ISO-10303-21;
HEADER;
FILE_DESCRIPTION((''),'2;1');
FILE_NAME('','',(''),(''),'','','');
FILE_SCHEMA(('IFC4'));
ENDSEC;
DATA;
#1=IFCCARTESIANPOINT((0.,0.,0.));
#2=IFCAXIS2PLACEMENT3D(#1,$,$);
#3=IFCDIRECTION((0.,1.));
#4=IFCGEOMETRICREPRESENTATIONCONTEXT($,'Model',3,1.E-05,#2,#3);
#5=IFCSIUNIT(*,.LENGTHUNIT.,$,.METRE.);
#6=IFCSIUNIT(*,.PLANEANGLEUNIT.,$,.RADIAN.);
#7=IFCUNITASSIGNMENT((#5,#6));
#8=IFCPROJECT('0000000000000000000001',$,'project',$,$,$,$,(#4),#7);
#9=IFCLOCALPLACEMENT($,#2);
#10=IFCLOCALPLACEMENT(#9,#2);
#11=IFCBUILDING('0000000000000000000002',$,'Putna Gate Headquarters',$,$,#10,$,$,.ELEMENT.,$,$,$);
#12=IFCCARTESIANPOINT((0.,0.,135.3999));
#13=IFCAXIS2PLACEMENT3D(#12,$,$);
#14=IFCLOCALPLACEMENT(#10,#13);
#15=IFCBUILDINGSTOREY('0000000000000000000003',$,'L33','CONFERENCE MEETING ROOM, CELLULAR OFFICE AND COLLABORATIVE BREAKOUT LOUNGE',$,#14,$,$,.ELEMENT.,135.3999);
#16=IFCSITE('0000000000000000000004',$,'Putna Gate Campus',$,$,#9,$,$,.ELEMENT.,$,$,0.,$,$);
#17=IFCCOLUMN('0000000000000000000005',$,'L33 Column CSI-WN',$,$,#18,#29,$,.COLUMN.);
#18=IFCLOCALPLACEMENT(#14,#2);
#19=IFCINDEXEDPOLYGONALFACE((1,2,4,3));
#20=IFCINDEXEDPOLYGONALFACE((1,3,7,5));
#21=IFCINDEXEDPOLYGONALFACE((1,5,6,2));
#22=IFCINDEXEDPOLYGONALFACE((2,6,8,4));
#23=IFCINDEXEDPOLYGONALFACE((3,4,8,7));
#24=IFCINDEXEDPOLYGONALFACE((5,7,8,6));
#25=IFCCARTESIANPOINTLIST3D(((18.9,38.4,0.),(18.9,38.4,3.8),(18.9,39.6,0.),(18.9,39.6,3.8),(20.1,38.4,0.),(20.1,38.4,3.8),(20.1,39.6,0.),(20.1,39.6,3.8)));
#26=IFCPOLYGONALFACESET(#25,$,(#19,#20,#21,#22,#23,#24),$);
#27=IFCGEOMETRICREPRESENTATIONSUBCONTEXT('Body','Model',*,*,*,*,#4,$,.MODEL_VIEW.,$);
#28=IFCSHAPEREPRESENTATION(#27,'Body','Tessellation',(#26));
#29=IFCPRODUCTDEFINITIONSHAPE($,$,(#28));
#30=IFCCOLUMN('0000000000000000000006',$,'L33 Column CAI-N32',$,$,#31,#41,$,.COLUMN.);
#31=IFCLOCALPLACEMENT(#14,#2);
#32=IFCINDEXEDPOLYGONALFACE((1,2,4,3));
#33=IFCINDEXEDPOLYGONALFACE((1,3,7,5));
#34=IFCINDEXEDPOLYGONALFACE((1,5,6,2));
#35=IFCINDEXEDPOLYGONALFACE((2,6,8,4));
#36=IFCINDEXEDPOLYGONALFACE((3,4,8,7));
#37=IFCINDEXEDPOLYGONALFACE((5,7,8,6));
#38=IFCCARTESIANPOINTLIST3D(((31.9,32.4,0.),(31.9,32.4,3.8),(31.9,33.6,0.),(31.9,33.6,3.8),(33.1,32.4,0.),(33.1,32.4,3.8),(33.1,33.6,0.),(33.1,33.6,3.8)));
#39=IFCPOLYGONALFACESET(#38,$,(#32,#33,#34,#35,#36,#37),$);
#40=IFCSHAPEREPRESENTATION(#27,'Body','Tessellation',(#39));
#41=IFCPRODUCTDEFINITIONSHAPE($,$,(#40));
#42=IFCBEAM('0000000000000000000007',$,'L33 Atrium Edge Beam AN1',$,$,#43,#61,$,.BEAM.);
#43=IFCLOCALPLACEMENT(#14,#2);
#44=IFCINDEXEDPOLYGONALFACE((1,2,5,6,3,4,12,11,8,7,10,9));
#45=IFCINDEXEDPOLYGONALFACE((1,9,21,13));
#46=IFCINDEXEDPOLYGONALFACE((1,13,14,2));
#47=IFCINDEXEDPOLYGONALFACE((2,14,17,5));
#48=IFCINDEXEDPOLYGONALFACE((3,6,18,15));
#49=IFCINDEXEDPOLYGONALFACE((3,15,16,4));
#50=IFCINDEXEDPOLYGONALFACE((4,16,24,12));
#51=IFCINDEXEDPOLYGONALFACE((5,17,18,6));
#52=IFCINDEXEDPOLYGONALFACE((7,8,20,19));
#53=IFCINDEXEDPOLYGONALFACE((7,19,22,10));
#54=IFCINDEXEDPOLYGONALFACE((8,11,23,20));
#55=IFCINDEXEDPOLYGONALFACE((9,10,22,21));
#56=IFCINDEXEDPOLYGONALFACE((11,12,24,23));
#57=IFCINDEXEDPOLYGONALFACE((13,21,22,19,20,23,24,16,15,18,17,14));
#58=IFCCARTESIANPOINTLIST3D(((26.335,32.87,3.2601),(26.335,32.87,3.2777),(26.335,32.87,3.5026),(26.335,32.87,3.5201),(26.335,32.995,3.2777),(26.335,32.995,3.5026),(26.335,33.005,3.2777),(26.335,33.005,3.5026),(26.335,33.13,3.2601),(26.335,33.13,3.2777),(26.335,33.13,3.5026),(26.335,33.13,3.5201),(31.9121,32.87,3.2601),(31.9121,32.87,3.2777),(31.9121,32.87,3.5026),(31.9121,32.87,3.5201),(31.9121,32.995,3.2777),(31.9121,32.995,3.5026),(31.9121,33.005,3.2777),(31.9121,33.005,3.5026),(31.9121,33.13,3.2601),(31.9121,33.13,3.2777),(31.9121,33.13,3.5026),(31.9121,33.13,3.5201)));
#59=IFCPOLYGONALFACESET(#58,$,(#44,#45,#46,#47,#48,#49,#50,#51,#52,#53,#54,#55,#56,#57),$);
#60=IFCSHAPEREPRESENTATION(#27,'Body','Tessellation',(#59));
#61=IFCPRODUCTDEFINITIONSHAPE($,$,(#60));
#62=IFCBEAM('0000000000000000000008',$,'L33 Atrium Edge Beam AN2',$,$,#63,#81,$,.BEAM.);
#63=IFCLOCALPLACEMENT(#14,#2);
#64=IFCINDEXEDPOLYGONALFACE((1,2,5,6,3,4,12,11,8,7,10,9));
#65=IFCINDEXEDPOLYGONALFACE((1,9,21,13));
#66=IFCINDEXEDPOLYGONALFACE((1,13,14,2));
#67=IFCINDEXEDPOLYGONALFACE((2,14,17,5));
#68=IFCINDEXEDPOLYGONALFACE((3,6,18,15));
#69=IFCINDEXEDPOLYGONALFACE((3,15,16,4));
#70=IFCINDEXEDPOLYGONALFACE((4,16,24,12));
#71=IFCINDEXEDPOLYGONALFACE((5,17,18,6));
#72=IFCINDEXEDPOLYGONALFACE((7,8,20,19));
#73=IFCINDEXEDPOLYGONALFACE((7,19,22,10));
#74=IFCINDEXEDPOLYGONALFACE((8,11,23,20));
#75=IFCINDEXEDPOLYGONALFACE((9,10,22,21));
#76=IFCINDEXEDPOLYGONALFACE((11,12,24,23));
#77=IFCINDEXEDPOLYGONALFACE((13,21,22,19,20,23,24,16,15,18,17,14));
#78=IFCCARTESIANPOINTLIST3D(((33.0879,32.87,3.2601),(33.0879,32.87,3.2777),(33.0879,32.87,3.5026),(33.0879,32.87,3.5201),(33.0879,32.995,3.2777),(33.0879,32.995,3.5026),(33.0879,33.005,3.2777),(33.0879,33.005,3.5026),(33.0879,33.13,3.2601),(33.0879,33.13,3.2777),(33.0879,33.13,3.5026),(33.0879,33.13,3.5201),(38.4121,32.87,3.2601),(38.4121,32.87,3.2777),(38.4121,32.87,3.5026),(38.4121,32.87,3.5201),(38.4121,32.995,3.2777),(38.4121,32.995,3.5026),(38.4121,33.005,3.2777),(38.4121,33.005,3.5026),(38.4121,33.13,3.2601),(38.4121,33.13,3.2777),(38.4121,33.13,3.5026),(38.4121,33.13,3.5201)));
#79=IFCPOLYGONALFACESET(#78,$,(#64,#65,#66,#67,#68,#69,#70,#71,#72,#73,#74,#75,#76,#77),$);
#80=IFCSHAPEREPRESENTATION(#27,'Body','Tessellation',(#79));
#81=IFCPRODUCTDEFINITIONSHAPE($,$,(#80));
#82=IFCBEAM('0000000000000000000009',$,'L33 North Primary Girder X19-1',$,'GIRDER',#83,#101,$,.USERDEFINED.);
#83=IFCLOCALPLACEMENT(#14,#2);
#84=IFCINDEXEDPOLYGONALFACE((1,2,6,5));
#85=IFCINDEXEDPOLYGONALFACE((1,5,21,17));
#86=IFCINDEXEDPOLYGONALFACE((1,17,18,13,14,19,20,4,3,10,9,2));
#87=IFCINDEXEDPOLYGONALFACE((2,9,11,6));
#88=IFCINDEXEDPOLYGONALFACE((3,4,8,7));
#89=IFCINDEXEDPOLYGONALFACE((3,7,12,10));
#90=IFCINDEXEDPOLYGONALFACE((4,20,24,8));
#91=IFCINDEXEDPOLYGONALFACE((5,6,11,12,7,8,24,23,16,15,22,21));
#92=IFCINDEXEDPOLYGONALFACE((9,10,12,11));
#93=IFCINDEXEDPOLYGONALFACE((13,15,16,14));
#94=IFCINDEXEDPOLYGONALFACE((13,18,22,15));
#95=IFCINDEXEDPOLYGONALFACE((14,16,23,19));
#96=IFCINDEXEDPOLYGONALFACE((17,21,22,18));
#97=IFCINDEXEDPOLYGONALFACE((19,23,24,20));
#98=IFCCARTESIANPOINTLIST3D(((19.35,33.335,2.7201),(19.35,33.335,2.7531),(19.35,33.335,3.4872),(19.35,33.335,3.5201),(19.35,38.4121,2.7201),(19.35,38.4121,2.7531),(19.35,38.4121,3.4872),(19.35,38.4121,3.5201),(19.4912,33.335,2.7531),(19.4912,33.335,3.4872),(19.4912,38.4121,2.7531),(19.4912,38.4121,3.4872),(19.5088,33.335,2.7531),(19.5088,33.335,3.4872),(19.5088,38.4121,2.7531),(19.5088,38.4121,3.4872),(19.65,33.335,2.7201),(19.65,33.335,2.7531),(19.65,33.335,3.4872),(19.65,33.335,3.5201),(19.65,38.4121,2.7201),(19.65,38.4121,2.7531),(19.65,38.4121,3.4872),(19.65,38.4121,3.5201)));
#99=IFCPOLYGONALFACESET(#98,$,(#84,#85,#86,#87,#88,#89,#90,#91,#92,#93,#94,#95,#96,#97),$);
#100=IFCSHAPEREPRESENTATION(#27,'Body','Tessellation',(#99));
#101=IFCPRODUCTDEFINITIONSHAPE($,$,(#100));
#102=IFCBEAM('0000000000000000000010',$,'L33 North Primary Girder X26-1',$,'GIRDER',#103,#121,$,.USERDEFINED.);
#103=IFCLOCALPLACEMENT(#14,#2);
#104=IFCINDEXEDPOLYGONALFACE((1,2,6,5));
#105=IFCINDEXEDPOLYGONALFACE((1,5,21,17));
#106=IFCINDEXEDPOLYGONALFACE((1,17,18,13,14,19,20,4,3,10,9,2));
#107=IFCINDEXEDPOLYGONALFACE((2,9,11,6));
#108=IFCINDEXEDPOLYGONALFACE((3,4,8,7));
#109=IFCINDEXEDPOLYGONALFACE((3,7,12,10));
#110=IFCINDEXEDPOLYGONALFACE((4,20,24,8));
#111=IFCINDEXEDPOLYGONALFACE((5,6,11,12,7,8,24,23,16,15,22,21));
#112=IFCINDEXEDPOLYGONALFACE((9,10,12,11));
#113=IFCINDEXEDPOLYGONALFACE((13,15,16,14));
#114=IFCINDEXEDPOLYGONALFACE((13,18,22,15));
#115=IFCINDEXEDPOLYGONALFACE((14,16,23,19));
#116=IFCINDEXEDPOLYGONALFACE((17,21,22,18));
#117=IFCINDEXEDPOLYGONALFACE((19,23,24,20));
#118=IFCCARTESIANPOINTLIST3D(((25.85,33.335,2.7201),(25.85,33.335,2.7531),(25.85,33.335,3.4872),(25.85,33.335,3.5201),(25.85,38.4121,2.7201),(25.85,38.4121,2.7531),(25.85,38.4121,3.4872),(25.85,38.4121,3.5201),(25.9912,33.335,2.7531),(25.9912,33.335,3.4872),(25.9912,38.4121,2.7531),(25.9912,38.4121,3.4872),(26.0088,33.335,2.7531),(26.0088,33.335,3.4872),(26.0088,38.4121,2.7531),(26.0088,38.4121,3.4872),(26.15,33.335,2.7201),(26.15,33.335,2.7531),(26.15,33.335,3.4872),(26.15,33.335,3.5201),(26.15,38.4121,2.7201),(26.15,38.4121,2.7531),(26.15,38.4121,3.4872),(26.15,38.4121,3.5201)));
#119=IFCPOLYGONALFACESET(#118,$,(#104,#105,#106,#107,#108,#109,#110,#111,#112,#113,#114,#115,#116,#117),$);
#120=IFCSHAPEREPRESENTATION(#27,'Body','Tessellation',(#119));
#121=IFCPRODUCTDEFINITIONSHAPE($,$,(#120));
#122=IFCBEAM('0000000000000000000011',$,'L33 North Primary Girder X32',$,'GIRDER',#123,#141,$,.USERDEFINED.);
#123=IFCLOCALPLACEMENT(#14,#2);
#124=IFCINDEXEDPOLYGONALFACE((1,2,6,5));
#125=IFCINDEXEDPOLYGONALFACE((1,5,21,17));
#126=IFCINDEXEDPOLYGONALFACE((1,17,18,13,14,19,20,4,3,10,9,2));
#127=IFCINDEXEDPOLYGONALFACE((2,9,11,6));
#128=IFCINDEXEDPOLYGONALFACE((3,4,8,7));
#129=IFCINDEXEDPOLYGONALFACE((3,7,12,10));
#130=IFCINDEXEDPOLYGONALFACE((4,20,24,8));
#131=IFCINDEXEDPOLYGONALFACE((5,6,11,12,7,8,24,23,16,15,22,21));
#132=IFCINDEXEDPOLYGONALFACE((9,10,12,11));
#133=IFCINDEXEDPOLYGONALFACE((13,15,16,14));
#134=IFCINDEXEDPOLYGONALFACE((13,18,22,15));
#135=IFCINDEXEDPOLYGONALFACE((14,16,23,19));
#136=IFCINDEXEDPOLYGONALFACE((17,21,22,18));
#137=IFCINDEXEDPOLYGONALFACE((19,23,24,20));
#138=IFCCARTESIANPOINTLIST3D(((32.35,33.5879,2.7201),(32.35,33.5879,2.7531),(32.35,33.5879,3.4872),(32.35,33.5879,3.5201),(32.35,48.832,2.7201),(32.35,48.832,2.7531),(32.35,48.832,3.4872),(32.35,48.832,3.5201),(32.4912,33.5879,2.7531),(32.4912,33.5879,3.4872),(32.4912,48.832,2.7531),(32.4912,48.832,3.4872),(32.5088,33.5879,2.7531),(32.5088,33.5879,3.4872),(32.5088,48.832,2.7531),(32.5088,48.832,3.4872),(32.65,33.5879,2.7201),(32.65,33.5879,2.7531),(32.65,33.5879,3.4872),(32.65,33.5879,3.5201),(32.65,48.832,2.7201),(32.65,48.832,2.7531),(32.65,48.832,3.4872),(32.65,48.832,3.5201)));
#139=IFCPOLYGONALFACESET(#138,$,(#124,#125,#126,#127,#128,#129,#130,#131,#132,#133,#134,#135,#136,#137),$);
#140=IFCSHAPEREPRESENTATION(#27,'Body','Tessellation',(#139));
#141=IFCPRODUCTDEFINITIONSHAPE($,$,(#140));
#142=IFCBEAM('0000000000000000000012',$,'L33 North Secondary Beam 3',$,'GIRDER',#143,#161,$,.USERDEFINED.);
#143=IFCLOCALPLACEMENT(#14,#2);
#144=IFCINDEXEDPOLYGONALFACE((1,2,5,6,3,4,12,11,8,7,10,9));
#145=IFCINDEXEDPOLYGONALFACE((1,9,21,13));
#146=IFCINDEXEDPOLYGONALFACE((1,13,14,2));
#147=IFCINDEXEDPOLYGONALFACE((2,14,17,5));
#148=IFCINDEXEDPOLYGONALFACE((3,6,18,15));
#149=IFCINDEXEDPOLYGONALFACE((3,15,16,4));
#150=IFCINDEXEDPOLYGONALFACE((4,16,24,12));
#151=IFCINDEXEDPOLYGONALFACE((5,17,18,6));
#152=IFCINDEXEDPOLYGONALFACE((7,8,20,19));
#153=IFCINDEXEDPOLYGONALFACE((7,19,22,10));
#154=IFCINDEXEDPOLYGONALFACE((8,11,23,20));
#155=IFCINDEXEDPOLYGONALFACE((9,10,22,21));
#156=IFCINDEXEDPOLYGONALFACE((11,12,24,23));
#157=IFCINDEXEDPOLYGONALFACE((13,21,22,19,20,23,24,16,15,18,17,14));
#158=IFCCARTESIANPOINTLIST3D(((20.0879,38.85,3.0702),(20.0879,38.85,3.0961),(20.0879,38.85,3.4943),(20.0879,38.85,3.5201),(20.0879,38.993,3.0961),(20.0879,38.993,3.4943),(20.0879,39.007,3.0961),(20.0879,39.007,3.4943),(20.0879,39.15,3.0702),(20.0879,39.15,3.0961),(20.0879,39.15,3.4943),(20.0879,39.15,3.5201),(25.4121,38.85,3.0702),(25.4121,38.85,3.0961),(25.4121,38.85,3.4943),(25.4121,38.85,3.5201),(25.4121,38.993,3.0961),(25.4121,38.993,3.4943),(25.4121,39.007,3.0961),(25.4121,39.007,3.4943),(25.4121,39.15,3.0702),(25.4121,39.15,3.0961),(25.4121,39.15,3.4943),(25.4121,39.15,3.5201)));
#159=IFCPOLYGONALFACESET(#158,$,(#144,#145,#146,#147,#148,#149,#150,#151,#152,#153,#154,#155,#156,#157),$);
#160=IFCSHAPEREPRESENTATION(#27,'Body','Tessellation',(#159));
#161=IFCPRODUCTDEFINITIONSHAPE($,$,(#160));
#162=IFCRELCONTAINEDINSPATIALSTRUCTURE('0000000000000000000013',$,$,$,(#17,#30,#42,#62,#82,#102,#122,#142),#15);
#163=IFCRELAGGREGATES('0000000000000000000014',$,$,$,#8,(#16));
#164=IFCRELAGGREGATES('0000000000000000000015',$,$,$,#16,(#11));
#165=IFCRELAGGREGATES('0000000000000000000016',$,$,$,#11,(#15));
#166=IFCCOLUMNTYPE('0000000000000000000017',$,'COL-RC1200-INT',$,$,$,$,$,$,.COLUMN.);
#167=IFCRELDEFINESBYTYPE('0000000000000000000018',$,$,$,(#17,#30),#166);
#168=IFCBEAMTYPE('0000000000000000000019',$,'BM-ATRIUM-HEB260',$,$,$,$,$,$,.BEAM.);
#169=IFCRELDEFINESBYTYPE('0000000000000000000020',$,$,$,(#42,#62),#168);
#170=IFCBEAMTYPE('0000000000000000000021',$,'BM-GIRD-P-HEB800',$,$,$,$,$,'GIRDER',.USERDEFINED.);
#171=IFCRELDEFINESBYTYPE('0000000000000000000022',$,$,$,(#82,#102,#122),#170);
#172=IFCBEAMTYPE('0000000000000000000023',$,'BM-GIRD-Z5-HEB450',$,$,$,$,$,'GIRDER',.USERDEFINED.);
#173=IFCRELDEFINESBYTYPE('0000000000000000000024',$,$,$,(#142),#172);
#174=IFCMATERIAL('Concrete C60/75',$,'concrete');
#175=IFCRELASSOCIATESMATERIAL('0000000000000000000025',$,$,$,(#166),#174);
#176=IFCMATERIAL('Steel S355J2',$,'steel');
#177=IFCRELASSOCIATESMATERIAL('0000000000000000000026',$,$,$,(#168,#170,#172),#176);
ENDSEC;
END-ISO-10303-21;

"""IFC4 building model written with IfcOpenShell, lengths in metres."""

from ifc_helpers import new_model, si_unit, direction, frame, origin, origin_2d, place, context, subcontext, project, spatial, rectangle, i_section, extrude, material, material_profile, profile_set, type_object, element, save


model = new_model("IFC4")

# Units and contexts
model_context = context("Model", 3, precision=1e-05, world=origin(), true_north=direction((0.0, 1.0)))
body_context = subcontext(model_context, "Body", "Model", "MODEL_VIEW")
ifc_project = project(units=[si_unit("LENGTHUNIT", "METRE"), si_unit("PLANEANGLEUNIT", "RADIAN")], contexts=[model_context])

# Site, building, storey
site_placement = place(None, origin())
site = spatial("IfcSite", under=ifc_project, at=site_placement, Name="Putna Gate Campus", CompositionType="ELEMENT", RefElevation=0.0)
building_placement = place(site_placement, origin())
building = spatial("IfcBuilding", under=site, at=building_placement, Name="Putna Gate Headquarters", CompositionType="ELEMENT")
storey_placement = place(building_placement, frame((0.0, 0.0, 135.3999)))
storey = spatial("IfcBuildingStorey", under=building, at=storey_placement, Name="L33", Description="CONFERENCE MEETING ROOM, CELLULAR OFFICE AND COLLABORATIVE BREAKOUT LOUNGE", CompositionType="ELEMENT", Elevation=135.3999)

# Columns
ifc_material_1 = material(Name="Concrete C60/75", Category="concrete")
ifc_material_profile_1 = material_profile(ifc_material_1, rectangle(XDim=1.2, YDim=1.2, at=origin_2d()), Name="Concrete C60/75")
ifc_profile_set_1 = profile_set([ifc_material_profile_1], Name="Concrete C60/75")
column_type = type_object("IfcColumnType", Name="COL-RC1200-INT", PredefinedType="COLUMN", material=ifc_profile_set_1)
for number, where, z_axis, x_axis, name in (
    (1, (19.5, 39.0, 0.0), (0.0, 0.0, 1.0), (1.0, 0.0, 0.0), "L33 Column CSI-WN"),
    (2, (32.5, 33.0, 0.0), (0.0, 0.0, 1.0), (1.0, 0.0, 0.0), "L33 Column CAI-N32"),
):
    element("IfcColumn", number, at=place(storey_placement, frame(where, z_axis=z_axis, x_axis=x_axis)), inside=storey, type_object=column_type, Name=name, PredefinedType="COLUMN", context=body_context, shape_type="SweptSolid", body=[
        extrude(rectangle(XDim=1.2, YDim=1.2, at=origin_2d()), origin(), (0.0, 0.0, 1.0), 3.8),
    ])

# Beams
ifc_material_2 = material(Name="Steel S355J2", Category="steel")
ifc_material_profile_2 = material_profile(ifc_material_2, i_section(OverallWidth=0.26, OverallDepth=0.26, WebThickness=0.01, FlangeThickness=0.0176, at=origin_2d()), Name="Steel S355J2")
ifc_profile_set_2 = profile_set([ifc_material_profile_2], Name="Steel S355J2")
beam_type_1 = type_object("IfcBeamType", Name="BM-ATRIUM-HEB260", PredefinedType="BEAM", material=ifc_profile_set_2)
beam_1_placement = place(storey_placement, frame((26.335, 33.0, 3.3901), z_axis=(1.0, 0.0, 0.0), x_axis=(0.0, 1.0, 0.0)))
element("IfcBeam", 3, at=beam_1_placement, inside=storey, type_object=beam_type_1, Name="L33 Atrium Edge Beam AN1", PredefinedType="BEAM", context=body_context, shape_type="SweptSolid", body=[
    extrude(i_section(OverallWidth=0.26, OverallDepth=0.26, WebThickness=0.01, FlangeThickness=0.0176, at=origin_2d()), origin(), (0.0, 0.0, 1.0), 5.5771),
])
beam_2_placement = place(storey_placement, frame((33.0879, 33.0, 3.3901), z_axis=(1.0, 0.0, 0.0), x_axis=(0.0, 1.0, 0.0)))
element("IfcBeam", 4, at=beam_2_placement, inside=storey, type_object=beam_type_1, Name="L33 Atrium Edge Beam AN2", PredefinedType="BEAM", context=body_context, shape_type="SweptSolid", body=[
    extrude(i_section(OverallWidth=0.26, OverallDepth=0.26, WebThickness=0.01, FlangeThickness=0.0176, at=origin_2d()), origin(), (0.0, 0.0, 1.0), 5.3242),
])
ifc_material_profile_3 = material_profile(ifc_material_2, i_section(OverallWidth=0.3, OverallDepth=0.8, WebThickness=0.0176, FlangeThickness=0.033, at=origin_2d()), Name="Steel S355J2")
ifc_profile_set_3 = profile_set([ifc_material_profile_3], Name="Steel S355J2")
beam_type_2 = type_object("IfcBeamType", Name="BM-GIRD-P-HEB800", ElementType="GIRDER", PredefinedType="USERDEFINED", material=ifc_profile_set_3)
for number, where, z_axis, x_axis, name in (
    (5, (19.5, 33.335, 3.1201), (0.0, 1.0, 0.0), (-1.0, 0.0, 0.0), "L33 North Primary Girder X19-1"),
    (6, (26.0, 33.335, 3.1201), (0.0, 1.0, 0.0), (-1.0, 0.0, 0.0), "L33 North Primary Girder X26-1"),
):
    element("IfcBeam", number, at=place(storey_placement, frame(where, z_axis=z_axis, x_axis=x_axis)), inside=storey, type_object=beam_type_2, Name=name, ObjectType="GIRDER", PredefinedType="USERDEFINED", context=body_context, shape_type="SweptSolid", body=[
        extrude(i_section(OverallWidth=0.3, OverallDepth=0.8, WebThickness=0.0176, FlangeThickness=0.033, at=origin_2d()), origin(), (0.0, 0.0, 1.0), 5.0771),
    ])
beam_3_placement = place(storey_placement, frame((32.5, 33.5879, 3.1201), z_axis=(0.0, 1.0, 0.0), x_axis=(-1.0, 0.0, 0.0)))
element("IfcBeam", 7, at=beam_3_placement, inside=storey, type_object=beam_type_2, Name="L33 North Primary Girder X32", ObjectType="GIRDER", PredefinedType="USERDEFINED", context=body_context, shape_type="SweptSolid", body=[
    extrude(i_section(OverallWidth=0.3, OverallDepth=0.8, WebThickness=0.0176, FlangeThickness=0.033, at=origin_2d()), origin(), (0.0, 0.0, 1.0), 15.2441),
])
ifc_material_profile_4 = material_profile(ifc_material_2, i_section(OverallWidth=0.3, OverallDepth=0.45, WebThickness=0.0139, FlangeThickness=0.0259, at=origin_2d()), Name="Steel S355J2")
ifc_profile_set_4 = profile_set([ifc_material_profile_4], Name="Steel S355J2")
beam_type_3 = type_object("IfcBeamType", Name="BM-GIRD-Z5-HEB450", ElementType="GIRDER", PredefinedType="USERDEFINED", material=ifc_profile_set_4)
beam_4_placement = place(storey_placement, frame((20.0879, 39.0, 3.2952), z_axis=(1.0, 0.0, 0.0), x_axis=(0.0, 1.0, 0.0)))
element("IfcBeam", 8, at=beam_4_placement, inside=storey, type_object=beam_type_3, Name="L33 North Secondary Beam 3", ObjectType="GIRDER", PredefinedType="USERDEFINED", context=body_context, shape_type="SweptSolid", body=[
    extrude(i_section(OverallWidth=0.3, OverallDepth=0.45, WebThickness=0.0139, FlangeThickness=0.0259, at=origin_2d()), origin(), (0.0, 0.0, 1.0), 5.3242),
])

save(model, "model.ifc")
